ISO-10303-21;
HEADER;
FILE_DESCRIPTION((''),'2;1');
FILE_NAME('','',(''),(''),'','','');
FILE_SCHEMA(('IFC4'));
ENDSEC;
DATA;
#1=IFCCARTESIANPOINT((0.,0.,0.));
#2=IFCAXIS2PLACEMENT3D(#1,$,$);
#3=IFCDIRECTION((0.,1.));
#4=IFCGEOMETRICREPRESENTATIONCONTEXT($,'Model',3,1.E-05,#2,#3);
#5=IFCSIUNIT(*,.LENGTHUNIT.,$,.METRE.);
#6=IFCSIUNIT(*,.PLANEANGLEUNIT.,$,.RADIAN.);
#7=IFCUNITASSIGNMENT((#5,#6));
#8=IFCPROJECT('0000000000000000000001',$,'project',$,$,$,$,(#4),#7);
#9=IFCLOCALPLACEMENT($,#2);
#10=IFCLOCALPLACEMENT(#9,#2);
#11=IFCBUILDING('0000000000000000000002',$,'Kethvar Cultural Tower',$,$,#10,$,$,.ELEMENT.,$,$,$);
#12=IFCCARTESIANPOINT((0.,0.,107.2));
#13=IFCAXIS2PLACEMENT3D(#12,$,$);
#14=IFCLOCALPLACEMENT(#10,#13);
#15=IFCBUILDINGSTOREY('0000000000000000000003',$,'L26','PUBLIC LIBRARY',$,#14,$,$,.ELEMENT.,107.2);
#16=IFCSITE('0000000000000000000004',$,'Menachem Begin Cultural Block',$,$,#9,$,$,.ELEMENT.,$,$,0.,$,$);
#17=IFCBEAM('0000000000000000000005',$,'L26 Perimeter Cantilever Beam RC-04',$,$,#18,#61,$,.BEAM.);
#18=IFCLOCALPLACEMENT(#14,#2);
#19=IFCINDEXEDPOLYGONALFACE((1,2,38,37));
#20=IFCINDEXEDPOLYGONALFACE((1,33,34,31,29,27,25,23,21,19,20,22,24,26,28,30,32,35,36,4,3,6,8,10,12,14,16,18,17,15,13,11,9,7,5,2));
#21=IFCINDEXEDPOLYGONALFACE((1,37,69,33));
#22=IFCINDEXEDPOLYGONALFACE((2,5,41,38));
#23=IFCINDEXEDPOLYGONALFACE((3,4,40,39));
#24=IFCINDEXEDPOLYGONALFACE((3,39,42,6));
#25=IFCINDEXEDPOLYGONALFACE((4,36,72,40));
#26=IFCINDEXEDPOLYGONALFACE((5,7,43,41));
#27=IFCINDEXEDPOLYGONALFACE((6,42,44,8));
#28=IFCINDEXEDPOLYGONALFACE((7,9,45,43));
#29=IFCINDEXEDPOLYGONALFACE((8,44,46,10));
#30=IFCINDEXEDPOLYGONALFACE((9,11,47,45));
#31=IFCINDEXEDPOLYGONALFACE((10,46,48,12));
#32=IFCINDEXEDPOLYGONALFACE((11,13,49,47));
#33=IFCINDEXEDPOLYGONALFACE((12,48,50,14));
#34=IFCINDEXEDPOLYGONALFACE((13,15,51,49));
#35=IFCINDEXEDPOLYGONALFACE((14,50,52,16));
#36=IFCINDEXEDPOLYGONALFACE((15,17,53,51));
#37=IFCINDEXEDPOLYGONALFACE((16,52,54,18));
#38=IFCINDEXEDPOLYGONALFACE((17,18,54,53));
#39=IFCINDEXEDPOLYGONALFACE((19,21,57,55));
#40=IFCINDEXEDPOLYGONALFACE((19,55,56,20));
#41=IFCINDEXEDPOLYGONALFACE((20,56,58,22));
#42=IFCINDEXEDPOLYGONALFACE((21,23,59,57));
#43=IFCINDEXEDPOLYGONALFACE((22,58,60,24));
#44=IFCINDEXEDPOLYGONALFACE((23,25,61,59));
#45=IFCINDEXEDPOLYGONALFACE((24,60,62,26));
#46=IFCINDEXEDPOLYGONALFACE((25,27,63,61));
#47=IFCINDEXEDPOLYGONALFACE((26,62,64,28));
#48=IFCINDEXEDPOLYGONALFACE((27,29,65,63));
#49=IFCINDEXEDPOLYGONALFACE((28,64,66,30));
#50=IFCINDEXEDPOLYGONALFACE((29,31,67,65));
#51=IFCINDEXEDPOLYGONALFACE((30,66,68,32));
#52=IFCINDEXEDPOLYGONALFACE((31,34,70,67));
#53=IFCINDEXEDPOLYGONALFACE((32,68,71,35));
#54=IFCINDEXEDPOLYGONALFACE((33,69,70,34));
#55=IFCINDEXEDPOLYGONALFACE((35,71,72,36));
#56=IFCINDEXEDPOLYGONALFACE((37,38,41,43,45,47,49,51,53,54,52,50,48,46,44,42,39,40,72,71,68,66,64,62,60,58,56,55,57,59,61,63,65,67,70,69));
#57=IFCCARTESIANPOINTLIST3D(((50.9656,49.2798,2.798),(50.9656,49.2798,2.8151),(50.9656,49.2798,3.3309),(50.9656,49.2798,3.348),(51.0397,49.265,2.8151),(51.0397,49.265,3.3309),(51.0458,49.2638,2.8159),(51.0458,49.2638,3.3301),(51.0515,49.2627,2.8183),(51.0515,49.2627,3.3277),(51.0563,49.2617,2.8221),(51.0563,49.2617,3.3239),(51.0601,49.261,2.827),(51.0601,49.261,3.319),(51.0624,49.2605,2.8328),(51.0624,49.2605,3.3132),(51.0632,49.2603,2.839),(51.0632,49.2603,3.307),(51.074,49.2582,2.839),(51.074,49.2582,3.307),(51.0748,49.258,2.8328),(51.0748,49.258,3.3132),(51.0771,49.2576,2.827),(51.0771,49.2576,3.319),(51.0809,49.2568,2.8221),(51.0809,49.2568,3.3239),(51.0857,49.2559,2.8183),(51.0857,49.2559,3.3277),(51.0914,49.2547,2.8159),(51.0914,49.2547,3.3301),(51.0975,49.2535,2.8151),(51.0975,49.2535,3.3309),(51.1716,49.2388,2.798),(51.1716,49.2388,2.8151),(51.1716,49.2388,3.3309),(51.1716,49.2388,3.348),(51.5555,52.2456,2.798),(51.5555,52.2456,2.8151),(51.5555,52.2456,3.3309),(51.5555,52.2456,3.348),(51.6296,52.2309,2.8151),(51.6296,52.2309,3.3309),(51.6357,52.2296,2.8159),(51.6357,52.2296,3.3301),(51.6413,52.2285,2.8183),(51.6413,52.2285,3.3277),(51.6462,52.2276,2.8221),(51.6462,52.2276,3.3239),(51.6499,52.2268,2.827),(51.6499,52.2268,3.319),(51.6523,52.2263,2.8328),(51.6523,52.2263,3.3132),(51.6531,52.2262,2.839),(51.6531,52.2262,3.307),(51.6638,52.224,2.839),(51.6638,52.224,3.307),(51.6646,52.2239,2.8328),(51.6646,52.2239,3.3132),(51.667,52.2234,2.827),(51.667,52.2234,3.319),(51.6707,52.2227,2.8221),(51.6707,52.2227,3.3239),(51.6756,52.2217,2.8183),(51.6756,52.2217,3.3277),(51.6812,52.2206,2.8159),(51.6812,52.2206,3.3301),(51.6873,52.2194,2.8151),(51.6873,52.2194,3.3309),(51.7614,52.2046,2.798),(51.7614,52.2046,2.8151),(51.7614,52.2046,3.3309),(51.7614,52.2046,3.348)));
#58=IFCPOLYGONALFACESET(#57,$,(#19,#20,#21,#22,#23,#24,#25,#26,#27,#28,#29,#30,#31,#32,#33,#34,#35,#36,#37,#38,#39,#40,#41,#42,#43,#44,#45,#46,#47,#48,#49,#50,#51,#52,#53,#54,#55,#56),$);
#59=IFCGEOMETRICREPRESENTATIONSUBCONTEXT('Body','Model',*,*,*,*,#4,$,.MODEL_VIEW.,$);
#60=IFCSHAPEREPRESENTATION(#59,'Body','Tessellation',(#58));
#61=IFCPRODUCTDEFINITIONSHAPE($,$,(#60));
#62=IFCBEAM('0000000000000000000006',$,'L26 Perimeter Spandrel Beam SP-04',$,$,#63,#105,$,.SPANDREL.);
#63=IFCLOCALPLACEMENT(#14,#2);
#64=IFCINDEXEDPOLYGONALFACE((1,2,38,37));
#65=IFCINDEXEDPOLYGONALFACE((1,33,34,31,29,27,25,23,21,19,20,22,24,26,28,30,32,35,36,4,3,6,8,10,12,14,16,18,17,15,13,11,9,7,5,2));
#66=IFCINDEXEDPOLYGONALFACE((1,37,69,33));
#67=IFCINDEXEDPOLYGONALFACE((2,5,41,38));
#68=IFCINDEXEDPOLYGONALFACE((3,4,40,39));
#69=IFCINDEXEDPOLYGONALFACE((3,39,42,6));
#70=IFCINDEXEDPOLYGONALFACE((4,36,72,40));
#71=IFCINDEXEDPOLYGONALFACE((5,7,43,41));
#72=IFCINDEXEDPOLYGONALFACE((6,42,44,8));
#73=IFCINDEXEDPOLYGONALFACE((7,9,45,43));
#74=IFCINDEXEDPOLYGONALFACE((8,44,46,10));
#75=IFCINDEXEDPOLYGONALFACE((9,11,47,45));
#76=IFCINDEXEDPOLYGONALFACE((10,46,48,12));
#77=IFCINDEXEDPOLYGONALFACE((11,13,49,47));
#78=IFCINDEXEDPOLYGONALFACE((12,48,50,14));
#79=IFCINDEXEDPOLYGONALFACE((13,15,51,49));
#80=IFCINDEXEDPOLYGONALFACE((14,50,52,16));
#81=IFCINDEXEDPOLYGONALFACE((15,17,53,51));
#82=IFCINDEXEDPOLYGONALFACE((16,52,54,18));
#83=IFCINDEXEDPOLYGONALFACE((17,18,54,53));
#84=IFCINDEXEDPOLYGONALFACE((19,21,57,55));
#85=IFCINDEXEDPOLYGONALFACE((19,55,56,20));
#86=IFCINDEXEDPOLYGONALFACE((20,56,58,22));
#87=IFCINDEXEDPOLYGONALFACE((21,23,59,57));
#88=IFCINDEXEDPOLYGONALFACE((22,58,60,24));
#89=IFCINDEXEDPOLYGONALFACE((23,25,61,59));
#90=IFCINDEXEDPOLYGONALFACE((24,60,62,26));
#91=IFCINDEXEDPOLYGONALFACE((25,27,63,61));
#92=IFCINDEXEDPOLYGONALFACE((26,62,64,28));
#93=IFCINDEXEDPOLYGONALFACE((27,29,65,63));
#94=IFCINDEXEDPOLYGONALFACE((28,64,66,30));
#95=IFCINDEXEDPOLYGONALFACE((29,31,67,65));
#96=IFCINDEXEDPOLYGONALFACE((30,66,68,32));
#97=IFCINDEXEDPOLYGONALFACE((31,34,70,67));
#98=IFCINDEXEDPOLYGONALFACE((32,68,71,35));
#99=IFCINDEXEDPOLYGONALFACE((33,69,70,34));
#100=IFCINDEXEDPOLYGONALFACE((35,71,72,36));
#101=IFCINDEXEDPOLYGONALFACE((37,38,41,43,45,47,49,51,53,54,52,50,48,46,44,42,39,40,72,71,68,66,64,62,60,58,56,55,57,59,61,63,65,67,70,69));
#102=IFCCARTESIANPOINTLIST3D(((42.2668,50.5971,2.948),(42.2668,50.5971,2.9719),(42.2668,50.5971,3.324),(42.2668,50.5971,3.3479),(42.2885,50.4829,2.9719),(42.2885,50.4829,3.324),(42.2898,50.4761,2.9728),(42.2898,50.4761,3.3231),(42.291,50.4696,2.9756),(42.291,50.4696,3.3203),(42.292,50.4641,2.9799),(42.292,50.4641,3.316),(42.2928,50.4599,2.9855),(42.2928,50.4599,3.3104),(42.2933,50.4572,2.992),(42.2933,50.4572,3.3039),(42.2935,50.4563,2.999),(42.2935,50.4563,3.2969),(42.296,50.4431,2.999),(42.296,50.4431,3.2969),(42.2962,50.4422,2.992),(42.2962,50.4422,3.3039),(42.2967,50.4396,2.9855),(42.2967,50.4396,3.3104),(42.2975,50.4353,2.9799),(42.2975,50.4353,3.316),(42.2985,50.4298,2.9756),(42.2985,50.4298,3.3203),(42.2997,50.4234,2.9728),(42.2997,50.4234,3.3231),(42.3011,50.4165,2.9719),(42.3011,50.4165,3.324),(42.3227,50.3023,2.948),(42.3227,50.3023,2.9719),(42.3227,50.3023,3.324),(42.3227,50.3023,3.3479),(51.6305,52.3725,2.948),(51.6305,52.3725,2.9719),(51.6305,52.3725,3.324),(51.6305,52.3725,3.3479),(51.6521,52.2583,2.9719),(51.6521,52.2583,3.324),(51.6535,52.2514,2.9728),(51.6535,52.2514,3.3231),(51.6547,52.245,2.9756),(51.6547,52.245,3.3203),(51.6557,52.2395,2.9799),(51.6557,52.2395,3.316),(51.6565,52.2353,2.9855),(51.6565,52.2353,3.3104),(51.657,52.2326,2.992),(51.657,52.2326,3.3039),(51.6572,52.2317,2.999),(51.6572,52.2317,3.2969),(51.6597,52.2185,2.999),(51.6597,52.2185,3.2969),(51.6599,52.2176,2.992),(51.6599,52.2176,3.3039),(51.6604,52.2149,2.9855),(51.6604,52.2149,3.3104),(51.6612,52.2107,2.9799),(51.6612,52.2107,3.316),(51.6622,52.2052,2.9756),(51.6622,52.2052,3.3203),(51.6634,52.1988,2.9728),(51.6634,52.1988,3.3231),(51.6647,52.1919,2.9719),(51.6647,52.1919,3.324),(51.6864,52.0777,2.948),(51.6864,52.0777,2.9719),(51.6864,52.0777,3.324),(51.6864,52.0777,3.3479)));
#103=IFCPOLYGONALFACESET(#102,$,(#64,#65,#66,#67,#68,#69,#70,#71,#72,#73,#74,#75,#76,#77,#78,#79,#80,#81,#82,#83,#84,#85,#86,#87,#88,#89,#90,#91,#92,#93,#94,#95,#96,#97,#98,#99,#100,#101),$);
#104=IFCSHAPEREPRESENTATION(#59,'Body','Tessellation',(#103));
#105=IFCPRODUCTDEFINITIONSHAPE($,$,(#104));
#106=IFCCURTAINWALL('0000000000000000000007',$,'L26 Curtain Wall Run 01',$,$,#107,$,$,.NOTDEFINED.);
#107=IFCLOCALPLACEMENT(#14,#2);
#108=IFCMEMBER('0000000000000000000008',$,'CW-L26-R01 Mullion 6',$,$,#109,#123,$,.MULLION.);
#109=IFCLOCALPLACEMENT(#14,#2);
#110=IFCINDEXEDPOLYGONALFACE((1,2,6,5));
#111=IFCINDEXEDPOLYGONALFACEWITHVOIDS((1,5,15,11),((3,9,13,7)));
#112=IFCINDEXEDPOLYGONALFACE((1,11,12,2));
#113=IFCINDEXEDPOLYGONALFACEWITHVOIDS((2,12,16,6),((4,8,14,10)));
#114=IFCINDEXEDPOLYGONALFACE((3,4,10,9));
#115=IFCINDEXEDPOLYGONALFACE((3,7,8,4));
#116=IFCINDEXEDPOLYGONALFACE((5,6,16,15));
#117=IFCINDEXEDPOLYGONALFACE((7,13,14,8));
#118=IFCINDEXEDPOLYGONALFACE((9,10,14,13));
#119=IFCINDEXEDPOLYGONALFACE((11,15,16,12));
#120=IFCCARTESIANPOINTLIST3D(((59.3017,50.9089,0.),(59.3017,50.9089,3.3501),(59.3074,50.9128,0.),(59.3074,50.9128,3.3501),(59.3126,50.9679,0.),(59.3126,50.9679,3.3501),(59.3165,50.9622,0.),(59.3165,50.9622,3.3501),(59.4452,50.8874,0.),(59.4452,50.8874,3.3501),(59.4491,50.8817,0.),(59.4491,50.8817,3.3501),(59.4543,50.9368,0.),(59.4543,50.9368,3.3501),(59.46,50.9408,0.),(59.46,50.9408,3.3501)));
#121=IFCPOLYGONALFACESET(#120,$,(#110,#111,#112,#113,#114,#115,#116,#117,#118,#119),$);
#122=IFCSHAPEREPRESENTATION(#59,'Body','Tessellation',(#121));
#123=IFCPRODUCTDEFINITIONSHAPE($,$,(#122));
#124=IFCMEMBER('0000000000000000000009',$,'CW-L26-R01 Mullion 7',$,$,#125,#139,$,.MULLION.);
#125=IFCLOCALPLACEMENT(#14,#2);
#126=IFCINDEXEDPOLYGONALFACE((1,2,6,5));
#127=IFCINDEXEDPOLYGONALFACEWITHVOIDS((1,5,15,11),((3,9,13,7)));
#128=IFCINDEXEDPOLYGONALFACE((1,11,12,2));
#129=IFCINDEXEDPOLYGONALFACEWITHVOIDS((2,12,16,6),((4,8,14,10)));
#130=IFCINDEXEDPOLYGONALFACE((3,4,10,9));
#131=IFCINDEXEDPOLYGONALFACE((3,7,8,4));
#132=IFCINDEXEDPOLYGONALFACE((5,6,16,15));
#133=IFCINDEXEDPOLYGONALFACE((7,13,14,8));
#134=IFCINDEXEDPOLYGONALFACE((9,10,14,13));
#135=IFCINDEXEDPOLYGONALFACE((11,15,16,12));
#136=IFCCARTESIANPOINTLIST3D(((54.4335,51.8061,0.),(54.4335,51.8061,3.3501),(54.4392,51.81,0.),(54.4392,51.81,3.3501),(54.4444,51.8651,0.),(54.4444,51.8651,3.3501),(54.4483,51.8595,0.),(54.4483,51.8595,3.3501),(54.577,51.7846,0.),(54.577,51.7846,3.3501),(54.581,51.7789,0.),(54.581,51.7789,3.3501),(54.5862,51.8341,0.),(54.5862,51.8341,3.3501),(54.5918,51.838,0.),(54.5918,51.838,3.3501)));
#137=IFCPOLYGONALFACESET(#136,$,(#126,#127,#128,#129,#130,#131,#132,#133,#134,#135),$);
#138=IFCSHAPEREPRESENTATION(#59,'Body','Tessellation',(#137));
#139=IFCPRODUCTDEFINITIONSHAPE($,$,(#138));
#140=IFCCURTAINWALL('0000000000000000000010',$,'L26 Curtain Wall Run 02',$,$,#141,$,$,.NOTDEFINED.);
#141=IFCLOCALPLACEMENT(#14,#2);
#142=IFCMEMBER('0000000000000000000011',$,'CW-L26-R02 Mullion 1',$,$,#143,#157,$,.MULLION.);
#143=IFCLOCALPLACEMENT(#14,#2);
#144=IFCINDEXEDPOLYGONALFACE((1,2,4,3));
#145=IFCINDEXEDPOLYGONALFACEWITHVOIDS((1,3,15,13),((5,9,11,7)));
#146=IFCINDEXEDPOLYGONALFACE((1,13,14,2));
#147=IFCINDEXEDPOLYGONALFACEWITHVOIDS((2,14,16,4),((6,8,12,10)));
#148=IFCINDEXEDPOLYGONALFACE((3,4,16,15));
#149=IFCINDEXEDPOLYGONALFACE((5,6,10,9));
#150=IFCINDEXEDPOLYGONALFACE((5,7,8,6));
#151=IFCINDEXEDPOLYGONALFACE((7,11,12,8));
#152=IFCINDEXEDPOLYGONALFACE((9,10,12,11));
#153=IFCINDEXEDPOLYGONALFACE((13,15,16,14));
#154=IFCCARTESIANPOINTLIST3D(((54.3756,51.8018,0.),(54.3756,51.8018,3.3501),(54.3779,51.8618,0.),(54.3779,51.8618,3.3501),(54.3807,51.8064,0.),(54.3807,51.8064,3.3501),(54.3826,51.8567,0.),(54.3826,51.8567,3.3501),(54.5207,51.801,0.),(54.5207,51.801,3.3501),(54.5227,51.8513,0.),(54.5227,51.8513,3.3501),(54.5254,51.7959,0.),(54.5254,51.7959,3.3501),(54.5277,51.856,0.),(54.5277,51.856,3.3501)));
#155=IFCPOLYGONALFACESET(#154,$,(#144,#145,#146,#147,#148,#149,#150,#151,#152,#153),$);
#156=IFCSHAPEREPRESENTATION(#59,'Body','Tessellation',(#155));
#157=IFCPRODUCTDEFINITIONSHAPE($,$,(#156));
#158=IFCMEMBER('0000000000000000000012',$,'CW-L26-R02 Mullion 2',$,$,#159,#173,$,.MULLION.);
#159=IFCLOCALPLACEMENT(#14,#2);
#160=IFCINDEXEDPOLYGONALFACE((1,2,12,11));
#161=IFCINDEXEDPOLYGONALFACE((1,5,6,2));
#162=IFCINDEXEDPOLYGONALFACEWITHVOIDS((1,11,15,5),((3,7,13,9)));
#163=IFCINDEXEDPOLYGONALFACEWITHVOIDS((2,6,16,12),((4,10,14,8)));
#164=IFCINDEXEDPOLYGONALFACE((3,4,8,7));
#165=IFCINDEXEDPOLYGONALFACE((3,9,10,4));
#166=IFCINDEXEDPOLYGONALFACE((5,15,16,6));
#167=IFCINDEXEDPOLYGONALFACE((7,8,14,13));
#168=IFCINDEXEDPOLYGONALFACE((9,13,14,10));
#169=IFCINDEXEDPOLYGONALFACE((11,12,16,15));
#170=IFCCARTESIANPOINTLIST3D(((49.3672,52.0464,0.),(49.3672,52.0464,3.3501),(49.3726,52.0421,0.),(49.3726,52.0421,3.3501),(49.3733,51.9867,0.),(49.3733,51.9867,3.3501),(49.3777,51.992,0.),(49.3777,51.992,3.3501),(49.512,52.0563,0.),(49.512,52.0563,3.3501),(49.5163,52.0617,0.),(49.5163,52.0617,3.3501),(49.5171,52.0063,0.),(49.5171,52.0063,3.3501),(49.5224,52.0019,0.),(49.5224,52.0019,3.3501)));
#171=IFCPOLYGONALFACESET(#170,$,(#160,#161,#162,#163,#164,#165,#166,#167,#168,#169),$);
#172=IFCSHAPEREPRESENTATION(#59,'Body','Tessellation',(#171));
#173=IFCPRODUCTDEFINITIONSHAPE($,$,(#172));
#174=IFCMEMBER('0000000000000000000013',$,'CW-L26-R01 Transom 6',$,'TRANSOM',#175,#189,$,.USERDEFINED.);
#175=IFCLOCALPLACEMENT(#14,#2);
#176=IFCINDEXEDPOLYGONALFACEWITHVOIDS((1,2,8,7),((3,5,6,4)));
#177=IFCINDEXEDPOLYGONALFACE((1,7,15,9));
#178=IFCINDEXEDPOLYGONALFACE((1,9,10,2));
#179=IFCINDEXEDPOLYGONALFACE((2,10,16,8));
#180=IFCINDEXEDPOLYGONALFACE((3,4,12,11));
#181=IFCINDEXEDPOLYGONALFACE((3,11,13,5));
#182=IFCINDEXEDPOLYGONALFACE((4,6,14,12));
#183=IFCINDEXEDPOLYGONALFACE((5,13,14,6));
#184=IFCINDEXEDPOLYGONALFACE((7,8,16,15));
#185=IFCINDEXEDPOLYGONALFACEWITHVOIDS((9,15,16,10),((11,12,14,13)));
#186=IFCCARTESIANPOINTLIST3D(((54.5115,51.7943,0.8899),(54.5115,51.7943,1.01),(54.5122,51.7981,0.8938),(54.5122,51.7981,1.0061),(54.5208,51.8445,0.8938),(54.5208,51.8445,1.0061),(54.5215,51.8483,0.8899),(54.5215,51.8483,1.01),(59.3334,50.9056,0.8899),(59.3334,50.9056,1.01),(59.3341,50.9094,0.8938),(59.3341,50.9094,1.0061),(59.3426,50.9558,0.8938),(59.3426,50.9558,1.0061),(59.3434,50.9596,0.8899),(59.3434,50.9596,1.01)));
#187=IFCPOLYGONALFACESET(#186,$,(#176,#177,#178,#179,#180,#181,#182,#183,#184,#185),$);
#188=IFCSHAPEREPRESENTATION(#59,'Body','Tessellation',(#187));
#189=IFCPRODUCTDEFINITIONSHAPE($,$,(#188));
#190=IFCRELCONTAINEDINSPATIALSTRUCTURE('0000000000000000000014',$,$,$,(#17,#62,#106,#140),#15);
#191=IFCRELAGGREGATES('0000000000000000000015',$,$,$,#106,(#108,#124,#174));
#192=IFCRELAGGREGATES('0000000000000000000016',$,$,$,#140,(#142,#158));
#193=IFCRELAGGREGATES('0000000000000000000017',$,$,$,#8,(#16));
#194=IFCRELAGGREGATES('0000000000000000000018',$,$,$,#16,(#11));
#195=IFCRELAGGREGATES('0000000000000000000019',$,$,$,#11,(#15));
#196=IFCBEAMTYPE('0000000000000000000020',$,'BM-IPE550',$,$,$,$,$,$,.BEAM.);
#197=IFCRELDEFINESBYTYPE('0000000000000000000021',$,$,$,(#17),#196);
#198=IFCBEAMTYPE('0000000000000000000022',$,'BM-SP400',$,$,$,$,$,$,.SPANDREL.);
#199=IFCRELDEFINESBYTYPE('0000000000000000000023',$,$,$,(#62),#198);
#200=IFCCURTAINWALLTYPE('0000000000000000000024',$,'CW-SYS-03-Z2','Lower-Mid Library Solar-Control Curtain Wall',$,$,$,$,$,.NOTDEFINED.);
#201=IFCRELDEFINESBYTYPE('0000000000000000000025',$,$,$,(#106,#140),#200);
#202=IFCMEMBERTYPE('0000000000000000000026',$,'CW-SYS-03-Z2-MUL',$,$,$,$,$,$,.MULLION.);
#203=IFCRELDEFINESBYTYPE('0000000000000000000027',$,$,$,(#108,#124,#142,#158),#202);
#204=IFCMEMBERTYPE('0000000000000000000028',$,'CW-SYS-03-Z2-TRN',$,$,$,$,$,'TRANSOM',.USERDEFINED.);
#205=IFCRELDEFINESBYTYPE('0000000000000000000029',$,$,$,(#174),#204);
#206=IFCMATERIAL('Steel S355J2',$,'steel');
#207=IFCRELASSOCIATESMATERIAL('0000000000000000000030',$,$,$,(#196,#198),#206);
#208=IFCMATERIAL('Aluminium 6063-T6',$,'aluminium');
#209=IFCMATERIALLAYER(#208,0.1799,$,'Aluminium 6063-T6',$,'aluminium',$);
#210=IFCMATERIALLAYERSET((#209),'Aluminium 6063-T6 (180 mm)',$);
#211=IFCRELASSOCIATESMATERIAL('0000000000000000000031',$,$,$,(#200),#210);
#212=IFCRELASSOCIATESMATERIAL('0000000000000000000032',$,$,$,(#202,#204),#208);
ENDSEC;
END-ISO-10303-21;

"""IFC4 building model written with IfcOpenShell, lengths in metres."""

from ifc_helpers import new_model, si_unit, direction, frame, origin, origin_2d, place, context, subcontext, project, spatial, hollow_rectangle, i_section, extrude, source, transform, mapped, material, layer, layer_set, material_profile, profile_set, type_object, element, aggregate, save


model = new_model("IFC4")

# Units and contexts
model_context = context("Model", 3, precision=1e-05, world=origin(), true_north=direction((0.0, 1.0)))
body_context = subcontext(model_context, "Body", "Model", "MODEL_VIEW")
ifc_project = project(units=[si_unit("LENGTHUNIT", "METRE"), si_unit("PLANEANGLEUNIT", "RADIAN")], contexts=[model_context])

# Site, building, storey
site_placement = place(None, origin())
site = spatial("IfcSite", under=ifc_project, at=site_placement, Name="Menachem Begin Cultural Block", CompositionType="ELEMENT", RefElevation=0.0)
building_placement = place(site_placement, origin())
building = spatial("IfcBuilding", under=site, at=building_placement, Name="Kethvar Cultural Tower", CompositionType="ELEMENT")
storey_placement = place(building_placement, frame((0.0, 0.0, 107.2)))
storey = spatial("IfcBuildingStorey", under=building, at=storey_placement, Name="L26", Description="PUBLIC LIBRARY", CompositionType="ELEMENT", Elevation=107.2)

# Beams
ifc_material_1 = material(Name="Steel S355J2", Category="steel")
ifc_material_profile_1 = material_profile(ifc_material_1, i_section(OverallWidth=0.21, OverallDepth=0.55, WebThickness=0.011, FlangeThickness=0.0171, FilletRadius=0.0239, at=origin_2d()), Name="Steel S355J2 — IPE550")
ifc_profile_set_1 = profile_set([ifc_material_profile_1], Name="Steel S355J2 — IPE550")
beam_type_1 = type_object("IfcBeamType", Name="BM-IPE550", PredefinedType="BEAM", material=ifc_profile_set_1)
shared_shape_1 = source(origin(), body_context, "Body", "SweptSolid", [
    extrude(i_section(OverallWidth=0.21, OverallDepth=0.55, WebThickness=0.011, FlangeThickness=0.0171, FilletRadius=0.0239, at=origin_2d()), origin(), (0.0, 0.0, 1.0), 3.0239),
])
beam_1_placement = place(storey_placement, frame((51.0686, 49.2593, 3.073), z_axis=(0.19506, 0.980791, 0.0), x_axis=(-0.980791, 0.19506, 0.0)))
element("IfcBeam", 1, at=beam_1_placement, inside=storey, type_object=beam_type_1, Name="L26 Perimeter Cantilever Beam RC-04", PredefinedType="BEAM", context=body_context, shape_type="MappedRepresentation", body=[
    mapped(shared_shape_1, transform((0.0, 0.0, 0.0), scale=1.0)),
])
ifc_material_profile_2 = material_profile(ifc_material_1, i_section(OverallWidth=0.3, OverallDepth=0.3999, WebThickness=0.0134, FlangeThickness=0.0239, FilletRadius=0.0271, at=origin_2d()), Name="Steel S355J2 — HEB400")
ifc_profile_set_2 = profile_set([ifc_material_profile_2], Name="Steel S355J2 — HEB400")
beam_type_2 = type_object("IfcBeamType", Name="BM-SP400", PredefinedType="SPANDREL", material=ifc_profile_set_2)
shared_shape_2 = source(origin(), body_context, "Body", "SweptSolid", [
    extrude(i_section(OverallWidth=0.3, OverallDepth=0.3999, WebThickness=0.0134, FlangeThickness=0.0239, FilletRadius=0.0271, at=origin_2d()), origin(), (0.0, 0.0, 1.0), 9.5305),
])
beam_2_placement = place(storey_placement, frame((51.6584, 52.2251, 3.1479), z_axis=(-0.982496, -0.186283, 0.0), x_axis=(0.186283, -0.982496, 0.0)))
element("IfcBeam", 2, at=beam_2_placement, inside=storey, type_object=beam_type_2, Name="L26 Perimeter Spandrel Beam SP-04", PredefinedType="SPANDREL", context=body_context, shape_type="MappedRepresentation", body=[
    mapped(shared_shape_2, transform((0.0, 0.0, 0.0), scale=1.0)),
])

# Curtain walls, members
ifc_material_2 = material(Name="Aluminium 6063-T6", Category="aluminium")
ifc_layer_1 = layer(ifc_material_2, 0.1799, Name="Aluminium 6063-T6", Category="aluminium")
ifc_layer_set_1 = layer_set([ifc_layer_1], Name="Aluminium 6063-T6 (180 mm)")
curtain_wall_type = type_object("IfcCurtainWallType", Name="CW-SYS-03-Z2", Description="Lower-Mid Library Solar-Control Curtain Wall", PredefinedType="NOTDEFINED", material=ifc_layer_set_1)
curtain_wall_1_placement = place(storey_placement, origin())
curtain_wall_1 = element("IfcCurtainWall", 3, at=curtain_wall_1_placement, inside=storey, type_object=curtain_wall_type, Name="L26 Curtain Wall Run 01", PredefinedType="NOTDEFINED")
ifc_material_profile_3 = material_profile(ifc_material_2, hollow_rectangle(XDim=0.0601, YDim=0.1499, WallThickness=0.0049, at=origin_2d()), Name="Aluminium 6063-T6 — RHS150x60x5")
ifc_profile_set_3 = profile_set([ifc_material_profile_3], Name="Aluminium 6063-T6 — RHS150x60x5")
member_type_1 = type_object("IfcMemberType", Name="CW-SYS-03-Z2-MUL", PredefinedType="MULLION", material=ifc_profile_set_3)
shared_shape_3 = source(origin(), body_context, "Body", "SweptSolid", [
    extrude(hollow_rectangle(XDim=0.0601, YDim=0.1499, WallThickness=0.0049, at=origin_2d()), origin(), (0.0, 0.0, 1.0), 3.3501),
])
member_1_placement = place(storey_placement, frame((59.3809, 50.9248, 0.0), z_axis=(0.0, 0.0, 1.0), x_axis=(-0.181257, -0.983436, 0.0)))
member_1 = element("IfcMember", 4, at=member_1_placement, type_object=member_type_1, Name="CW-L26-R01 Mullion 6", PredefinedType="MULLION", context=body_context, shape_type="MappedRepresentation", body=[
    mapped(shared_shape_3, transform((0.0, 0.0, 0.0), scale=1.0)),
])
member_2_placement = place(storey_placement, frame((54.5127, 51.822, 0.0), z_axis=(0.0, 0.0, 1.0), x_axis=(-0.181257, -0.983436, 0.0)))
member_2 = element("IfcMember", 5, at=member_2_placement, type_object=member_type_1, Name="CW-L26-R01 Mullion 7", PredefinedType="MULLION", context=body_context, shape_type="MappedRepresentation", body=[
    mapped(shared_shape_3, transform((0.0, 0.0, 0.0), scale=1.0)),
])
curtain_wall_2_placement = place(storey_placement, origin())
curtain_wall_2 = element("IfcCurtainWall", 6, at=curtain_wall_2_placement, inside=storey, type_object=curtain_wall_type, Name="L26 Curtain Wall Run 02", PredefinedType="NOTDEFINED")
member_3_placement = place(storey_placement, frame((54.4517, 51.8289, 0.0), z_axis=(0.0, 0.0, 1.0), x_axis=(-0.038737, -0.999249, 0.0)))
member_3 = element("IfcMember", 7, at=member_3_placement, type_object=member_type_1, Name="CW-L26-R02 Mullion 1", PredefinedType="MULLION", context=body_context, shape_type="MappedRepresentation", body=[
    mapped(shared_shape_3, transform((0.0, 0.0, 0.0), scale=1.0)),
])
member_4_placement = place(storey_placement, frame((49.4448, 52.0242, 0.0), z_axis=(0.0, 0.0, 1.0), x_axis=(0.101525, -0.994833, 0.0)))
member_4 = element("IfcMember", 8, at=member_4_placement, type_object=member_type_1, Name="CW-L26-R02 Mullion 2", PredefinedType="MULLION", context=body_context, shape_type="MappedRepresentation", body=[
    mapped(shared_shape_3, transform((0.0, 0.0, 0.0), scale=1.0)),
])

# Member
ifc_material_profile_4 = material_profile(ifc_material_2, hollow_rectangle(XDim=0.0549, YDim=0.1201, WallThickness=0.0039, at=origin_2d()), Name="Aluminium 6063-T6 — RHS120x55x4")
ifc_profile_set_4 = profile_set([ifc_material_profile_4], Name="Aluminium 6063-T6 — RHS120x55x4")
member_type_2 = type_object("IfcMemberType", Name="CW-SYS-03-Z2-TRN", ElementType="TRANSOM", PredefinedType="USERDEFINED", material=ifc_profile_set_4)
shared_shape_4 = source(origin(), body_context, "Body", "SweptSolid", [
    extrude(hollow_rectangle(XDim=0.0549, YDim=0.1201, WallThickness=0.0039, at=origin_2d()), origin(), (0.0, 0.0, 1.0), 4.9031),
])
member_5_placement = place(storey_placement, frame((59.3384, 50.9326, 0.95), z_axis=(-0.983437, 0.181251, 0.0), x_axis=(-0.181251, -0.983437, 0.0)))
member_5 = element("IfcMember", 9, at=member_5_placement, type_object=member_type_2, Name="CW-L26-R01 Transom 6", ObjectType="TRANSOM", PredefinedType="USERDEFINED", context=body_context, shape_type="MappedRepresentation", body=[
    mapped(shared_shape_4, transform((0.0, 0.0, 0.0), scale=1.0)),
])

aggregate(curtain_wall_1, [member_1, member_2, member_5])
aggregate(curtain_wall_2, [member_3, member_4])

save(model, "model.ifc")
